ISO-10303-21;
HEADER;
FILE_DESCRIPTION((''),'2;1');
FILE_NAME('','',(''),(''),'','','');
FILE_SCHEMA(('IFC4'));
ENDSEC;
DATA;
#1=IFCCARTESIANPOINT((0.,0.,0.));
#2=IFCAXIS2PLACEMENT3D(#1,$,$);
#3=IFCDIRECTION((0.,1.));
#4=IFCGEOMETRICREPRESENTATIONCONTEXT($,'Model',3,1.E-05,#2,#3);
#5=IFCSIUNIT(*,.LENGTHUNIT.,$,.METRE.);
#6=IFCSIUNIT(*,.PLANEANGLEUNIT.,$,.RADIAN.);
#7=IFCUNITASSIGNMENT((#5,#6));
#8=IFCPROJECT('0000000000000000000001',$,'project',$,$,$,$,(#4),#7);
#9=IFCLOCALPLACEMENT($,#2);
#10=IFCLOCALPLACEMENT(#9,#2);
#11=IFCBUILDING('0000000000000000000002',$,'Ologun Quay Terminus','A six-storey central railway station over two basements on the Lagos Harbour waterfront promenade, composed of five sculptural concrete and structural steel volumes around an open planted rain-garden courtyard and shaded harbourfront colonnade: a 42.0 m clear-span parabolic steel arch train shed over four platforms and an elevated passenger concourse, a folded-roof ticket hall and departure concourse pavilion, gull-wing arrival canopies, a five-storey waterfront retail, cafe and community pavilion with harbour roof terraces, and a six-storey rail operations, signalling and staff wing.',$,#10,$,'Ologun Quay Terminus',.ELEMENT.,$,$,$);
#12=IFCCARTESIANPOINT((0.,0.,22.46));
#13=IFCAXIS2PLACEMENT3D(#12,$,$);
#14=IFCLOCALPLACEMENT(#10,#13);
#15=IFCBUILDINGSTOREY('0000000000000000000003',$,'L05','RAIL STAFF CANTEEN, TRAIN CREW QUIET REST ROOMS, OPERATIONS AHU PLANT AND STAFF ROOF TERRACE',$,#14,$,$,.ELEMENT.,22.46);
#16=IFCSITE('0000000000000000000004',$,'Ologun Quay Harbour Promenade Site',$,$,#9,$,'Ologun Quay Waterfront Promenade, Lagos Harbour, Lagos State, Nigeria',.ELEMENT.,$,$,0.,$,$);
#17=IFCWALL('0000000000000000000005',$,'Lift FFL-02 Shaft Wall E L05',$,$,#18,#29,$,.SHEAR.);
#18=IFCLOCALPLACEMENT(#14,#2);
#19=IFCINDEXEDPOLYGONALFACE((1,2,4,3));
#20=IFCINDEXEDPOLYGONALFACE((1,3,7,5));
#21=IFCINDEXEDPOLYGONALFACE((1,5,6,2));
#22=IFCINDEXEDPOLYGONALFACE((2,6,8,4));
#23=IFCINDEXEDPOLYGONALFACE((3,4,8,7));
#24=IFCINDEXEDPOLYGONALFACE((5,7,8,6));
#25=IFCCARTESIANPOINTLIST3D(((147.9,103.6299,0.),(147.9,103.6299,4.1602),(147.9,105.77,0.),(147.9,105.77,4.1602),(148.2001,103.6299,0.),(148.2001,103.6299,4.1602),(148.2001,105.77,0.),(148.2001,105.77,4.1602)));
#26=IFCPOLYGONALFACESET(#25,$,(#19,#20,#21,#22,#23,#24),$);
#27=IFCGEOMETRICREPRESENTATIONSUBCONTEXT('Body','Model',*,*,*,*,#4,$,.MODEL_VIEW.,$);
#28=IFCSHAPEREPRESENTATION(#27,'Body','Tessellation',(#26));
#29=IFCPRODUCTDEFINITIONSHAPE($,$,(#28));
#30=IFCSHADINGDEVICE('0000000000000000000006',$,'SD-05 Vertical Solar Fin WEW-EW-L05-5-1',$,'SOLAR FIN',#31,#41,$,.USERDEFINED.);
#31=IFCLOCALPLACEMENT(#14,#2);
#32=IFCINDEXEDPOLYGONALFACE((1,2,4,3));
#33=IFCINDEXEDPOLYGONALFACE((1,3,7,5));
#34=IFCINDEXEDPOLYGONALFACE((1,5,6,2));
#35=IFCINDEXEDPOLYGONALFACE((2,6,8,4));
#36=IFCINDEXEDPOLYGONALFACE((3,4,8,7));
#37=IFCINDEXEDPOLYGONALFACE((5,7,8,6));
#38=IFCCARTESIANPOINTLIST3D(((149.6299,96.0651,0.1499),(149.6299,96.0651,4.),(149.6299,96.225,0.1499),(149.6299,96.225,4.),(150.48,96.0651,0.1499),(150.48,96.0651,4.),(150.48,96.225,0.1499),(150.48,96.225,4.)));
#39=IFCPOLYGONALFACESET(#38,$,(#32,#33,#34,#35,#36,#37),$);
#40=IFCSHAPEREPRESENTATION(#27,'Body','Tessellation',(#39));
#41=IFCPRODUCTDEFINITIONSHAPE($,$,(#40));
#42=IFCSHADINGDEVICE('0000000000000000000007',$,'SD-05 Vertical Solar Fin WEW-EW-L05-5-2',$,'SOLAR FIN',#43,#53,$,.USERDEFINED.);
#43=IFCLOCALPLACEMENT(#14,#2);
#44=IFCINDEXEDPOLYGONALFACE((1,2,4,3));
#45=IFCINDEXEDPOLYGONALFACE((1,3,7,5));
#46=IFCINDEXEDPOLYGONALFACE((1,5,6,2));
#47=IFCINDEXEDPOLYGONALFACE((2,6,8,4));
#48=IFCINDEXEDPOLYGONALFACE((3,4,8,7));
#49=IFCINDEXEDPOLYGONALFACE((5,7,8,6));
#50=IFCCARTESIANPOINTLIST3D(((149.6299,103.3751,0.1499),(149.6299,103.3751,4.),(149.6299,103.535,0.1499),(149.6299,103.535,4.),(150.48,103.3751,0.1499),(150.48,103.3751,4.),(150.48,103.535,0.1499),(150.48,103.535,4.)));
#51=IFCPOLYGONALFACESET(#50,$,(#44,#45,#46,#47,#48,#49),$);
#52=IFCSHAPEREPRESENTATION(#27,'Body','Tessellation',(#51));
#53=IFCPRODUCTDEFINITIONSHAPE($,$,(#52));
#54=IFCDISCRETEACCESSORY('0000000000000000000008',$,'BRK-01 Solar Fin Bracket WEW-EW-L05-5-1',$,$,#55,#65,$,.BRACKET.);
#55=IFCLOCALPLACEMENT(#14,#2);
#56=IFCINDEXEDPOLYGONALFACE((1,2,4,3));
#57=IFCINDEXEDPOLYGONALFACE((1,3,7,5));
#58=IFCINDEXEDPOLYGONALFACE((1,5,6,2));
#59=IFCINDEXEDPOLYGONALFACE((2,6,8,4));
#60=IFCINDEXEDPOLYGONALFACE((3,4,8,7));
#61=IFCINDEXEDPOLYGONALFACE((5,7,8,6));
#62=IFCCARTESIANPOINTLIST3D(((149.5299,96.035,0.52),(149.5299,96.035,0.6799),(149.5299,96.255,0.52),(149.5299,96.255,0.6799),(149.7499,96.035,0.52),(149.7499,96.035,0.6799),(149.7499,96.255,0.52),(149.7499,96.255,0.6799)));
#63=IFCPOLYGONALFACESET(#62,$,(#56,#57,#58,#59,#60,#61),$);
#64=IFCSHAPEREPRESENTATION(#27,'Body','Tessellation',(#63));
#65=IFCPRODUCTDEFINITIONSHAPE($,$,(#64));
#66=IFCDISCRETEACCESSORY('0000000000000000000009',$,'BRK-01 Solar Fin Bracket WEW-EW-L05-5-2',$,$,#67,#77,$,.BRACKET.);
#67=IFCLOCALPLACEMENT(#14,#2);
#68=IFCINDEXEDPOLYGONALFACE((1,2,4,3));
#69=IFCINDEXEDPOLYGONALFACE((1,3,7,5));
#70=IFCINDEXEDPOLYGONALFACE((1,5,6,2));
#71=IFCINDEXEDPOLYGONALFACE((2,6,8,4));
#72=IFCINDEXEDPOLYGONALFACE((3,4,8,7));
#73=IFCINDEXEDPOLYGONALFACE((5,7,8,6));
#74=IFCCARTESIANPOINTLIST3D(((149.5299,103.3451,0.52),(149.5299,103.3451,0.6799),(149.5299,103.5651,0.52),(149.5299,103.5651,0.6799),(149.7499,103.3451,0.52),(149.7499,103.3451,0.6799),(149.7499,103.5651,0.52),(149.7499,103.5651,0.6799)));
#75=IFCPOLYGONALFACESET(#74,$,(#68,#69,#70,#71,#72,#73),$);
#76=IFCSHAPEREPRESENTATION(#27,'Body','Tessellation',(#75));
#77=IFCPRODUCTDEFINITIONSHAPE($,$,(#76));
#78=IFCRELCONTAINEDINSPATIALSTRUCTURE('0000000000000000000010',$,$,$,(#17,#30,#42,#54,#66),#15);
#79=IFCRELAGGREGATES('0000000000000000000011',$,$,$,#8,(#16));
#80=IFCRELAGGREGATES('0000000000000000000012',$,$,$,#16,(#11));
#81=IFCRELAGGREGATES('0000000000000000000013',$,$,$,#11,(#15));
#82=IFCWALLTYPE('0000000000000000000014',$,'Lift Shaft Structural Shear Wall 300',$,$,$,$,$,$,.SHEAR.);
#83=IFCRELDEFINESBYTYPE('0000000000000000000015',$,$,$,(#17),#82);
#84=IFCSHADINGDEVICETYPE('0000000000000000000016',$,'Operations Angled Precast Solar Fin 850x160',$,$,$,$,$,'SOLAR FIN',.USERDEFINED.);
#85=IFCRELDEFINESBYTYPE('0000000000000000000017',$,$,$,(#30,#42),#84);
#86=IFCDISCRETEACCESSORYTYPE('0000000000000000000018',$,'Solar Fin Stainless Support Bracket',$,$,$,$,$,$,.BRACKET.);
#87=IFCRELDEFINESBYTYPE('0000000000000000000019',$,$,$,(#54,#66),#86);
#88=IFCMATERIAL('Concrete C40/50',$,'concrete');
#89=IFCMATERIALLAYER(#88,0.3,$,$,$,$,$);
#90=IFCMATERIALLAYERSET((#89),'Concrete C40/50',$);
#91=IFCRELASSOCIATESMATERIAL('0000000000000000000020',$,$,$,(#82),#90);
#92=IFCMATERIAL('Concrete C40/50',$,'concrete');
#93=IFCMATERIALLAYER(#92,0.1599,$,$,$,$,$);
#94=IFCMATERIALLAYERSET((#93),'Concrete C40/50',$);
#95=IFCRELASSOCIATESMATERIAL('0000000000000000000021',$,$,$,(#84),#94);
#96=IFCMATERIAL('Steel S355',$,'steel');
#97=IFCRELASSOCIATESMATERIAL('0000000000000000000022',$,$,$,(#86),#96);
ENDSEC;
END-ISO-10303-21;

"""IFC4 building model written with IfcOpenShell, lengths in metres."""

from ifc_helpers import new_model, si_unit, direction, frame, frame_2d, origin, origin_2d, place, context, subcontext, project, spatial, rectangle, extrude, material, layer, layer_set, type_object, element, save


model = new_model("IFC4")

# Units and contexts
model_context = context("Model", 3, precision=1e-05, world=origin(), true_north=direction((0.0, 1.0)))
body_context = subcontext(model_context, "Body", "Model", "MODEL_VIEW")
ifc_project = project(units=[si_unit("LENGTHUNIT", "METRE"), si_unit("PLANEANGLEUNIT", "RADIAN")], contexts=[model_context])

# Site, building, storey
site_placement = place(None, origin())
site = spatial("IfcSite", under=ifc_project, at=site_placement, Name="Ologun Quay Harbour Promenade Site", LongName="Ologun Quay Waterfront Promenade, Lagos Harbour, Lagos State, Nigeria", CompositionType="ELEMENT", RefElevation=0.0)
building_placement = place(site_placement, origin())
building = spatial("IfcBuilding", under=site, at=building_placement, Name="Ologun Quay Terminus", Description="A six-storey central railway station over two basements on the Lagos Harbour waterfront promenade, composed of five sculptural concrete and structural steel volumes around an open planted rain-garden courtyard and shaded harbourfront colonnade: a 42.0 m clear-span parabolic steel arch train shed over four platforms and an elevated passenger concourse, a folded-roof ticket hall and departure concourse pavilion, gull-wing arrival canopies, a five-storey waterfront retail, cafe and community pavilion with harbour roof terraces, and a six-storey rail operations, signalling and staff wing.", LongName="Ologun Quay Terminus", CompositionType="ELEMENT")
storey_placement = place(building_placement, frame((0.0, 0.0, 22.46)))
storey = spatial("IfcBuildingStorey", under=building, at=storey_placement, Name="L05", Description="RAIL STAFF CANTEEN, TRAIN CREW QUIET REST ROOMS, OPERATIONS AHU PLANT AND STAFF ROOF TERRACE", CompositionType="ELEMENT", Elevation=22.46)

# Shared definitions
ifc_material_1 = material(Name="Concrete C40/50", Category="concrete")
ifc_layer_1 = layer(ifc_material_1, 0.3)
ifc_layer_set_1 = layer_set([ifc_layer_1], Name="Concrete C40/50")
wall_type_1 = type_object("IfcWallType", Name="Lift Shaft Structural Shear Wall 300", PredefinedType="SHEAR", material=ifc_layer_set_1)

# Wall
for number, where, z_axis, x_axis, name in (
    (1, (148.05, 103.6299, 0.0), (0.0, 0.0, 1.0), (0.0, 1.0, 0.0), "Lift FFL-02 Shaft Wall E L05"),
):
    element("IfcWall", number, at=place(storey_placement, frame(where, z_axis=z_axis, x_axis=x_axis)), inside=storey, type_object=wall_type_1, Name=name, PredefinedType="SHEAR", context=body_context, shape_type="SweptSolid", body=[
        extrude(rectangle(XDim=2.1401, YDim=0.3, at=frame_2d((1.0701, 0.0))), origin(), (0.0, 0.0, 1.0), 4.1602),
    ])

# Shading devices
ifc_material_2 = material(Name="Concrete C40/50", Category="concrete")
ifc_layer_2 = layer(ifc_material_2, 0.1599)
ifc_layer_set_2 = layer_set([ifc_layer_2], Name="Concrete C40/50")
shading_device_type = type_object("IfcShadingDeviceType", Name="Operations Angled Precast Solar Fin 850x160", ElementType="SOLAR FIN", PredefinedType="USERDEFINED", material=ifc_layer_set_2)
for number, where, z_axis, x_axis, name in (
    (2, (150.0549, 96.145, 0.1499), (0.0, 0.0, 1.0), (1.0, 0.0, 0.0), "SD-05 Vertical Solar Fin WEW-EW-L05-5-1"),
    (3, (150.0549, 103.4551, 0.1499), (0.0, 0.0, 1.0), (1.0, 0.0, 0.0), "SD-05 Vertical Solar Fin WEW-EW-L05-5-2"),
):
    element("IfcShadingDevice", number, at=place(storey_placement, frame(where, z_axis=z_axis, x_axis=x_axis)), inside=storey, type_object=shading_device_type, Name=name, ObjectType="SOLAR FIN", PredefinedType="USERDEFINED", context=body_context, shape_type="SweptSolid", body=[
        extrude(rectangle(XDim=0.8501, YDim=0.1599, at=origin_2d()), origin(), (0.0, 0.0, 1.0), 3.8501),
    ])

# Discrete accessories
ifc_material_3 = material(Name="Steel S355", Category="steel")
discrete_accessory_type = type_object("IfcDiscreteAccessoryType", Name="Solar Fin Stainless Support Bracket", PredefinedType="BRACKET", material=ifc_material_3)
for number, where, z_axis, x_axis, name in (
    (4, (149.6399, 96.145, 0.52), (0.0, 0.0, 1.0), (1.0, 0.0, 0.0), "BRK-01 Solar Fin Bracket WEW-EW-L05-5-1"),
    (5, (149.6399, 103.4551, 0.52), (0.0, 0.0, 1.0), (1.0, 0.0, 0.0), "BRK-01 Solar Fin Bracket WEW-EW-L05-5-2"),
):
    element("IfcDiscreteAccessory", number, at=place(storey_placement, frame(where, z_axis=z_axis, x_axis=x_axis)), inside=storey, type_object=discrete_accessory_type, Name=name, PredefinedType="BRACKET", context=body_context, shape_type="SweptSolid", body=[
        extrude(rectangle(XDim=0.22, YDim=0.22, at=origin_2d()), origin(), (0.0, 0.0, 1.0), 0.1599),
    ])

save(model, "model.ifc")
